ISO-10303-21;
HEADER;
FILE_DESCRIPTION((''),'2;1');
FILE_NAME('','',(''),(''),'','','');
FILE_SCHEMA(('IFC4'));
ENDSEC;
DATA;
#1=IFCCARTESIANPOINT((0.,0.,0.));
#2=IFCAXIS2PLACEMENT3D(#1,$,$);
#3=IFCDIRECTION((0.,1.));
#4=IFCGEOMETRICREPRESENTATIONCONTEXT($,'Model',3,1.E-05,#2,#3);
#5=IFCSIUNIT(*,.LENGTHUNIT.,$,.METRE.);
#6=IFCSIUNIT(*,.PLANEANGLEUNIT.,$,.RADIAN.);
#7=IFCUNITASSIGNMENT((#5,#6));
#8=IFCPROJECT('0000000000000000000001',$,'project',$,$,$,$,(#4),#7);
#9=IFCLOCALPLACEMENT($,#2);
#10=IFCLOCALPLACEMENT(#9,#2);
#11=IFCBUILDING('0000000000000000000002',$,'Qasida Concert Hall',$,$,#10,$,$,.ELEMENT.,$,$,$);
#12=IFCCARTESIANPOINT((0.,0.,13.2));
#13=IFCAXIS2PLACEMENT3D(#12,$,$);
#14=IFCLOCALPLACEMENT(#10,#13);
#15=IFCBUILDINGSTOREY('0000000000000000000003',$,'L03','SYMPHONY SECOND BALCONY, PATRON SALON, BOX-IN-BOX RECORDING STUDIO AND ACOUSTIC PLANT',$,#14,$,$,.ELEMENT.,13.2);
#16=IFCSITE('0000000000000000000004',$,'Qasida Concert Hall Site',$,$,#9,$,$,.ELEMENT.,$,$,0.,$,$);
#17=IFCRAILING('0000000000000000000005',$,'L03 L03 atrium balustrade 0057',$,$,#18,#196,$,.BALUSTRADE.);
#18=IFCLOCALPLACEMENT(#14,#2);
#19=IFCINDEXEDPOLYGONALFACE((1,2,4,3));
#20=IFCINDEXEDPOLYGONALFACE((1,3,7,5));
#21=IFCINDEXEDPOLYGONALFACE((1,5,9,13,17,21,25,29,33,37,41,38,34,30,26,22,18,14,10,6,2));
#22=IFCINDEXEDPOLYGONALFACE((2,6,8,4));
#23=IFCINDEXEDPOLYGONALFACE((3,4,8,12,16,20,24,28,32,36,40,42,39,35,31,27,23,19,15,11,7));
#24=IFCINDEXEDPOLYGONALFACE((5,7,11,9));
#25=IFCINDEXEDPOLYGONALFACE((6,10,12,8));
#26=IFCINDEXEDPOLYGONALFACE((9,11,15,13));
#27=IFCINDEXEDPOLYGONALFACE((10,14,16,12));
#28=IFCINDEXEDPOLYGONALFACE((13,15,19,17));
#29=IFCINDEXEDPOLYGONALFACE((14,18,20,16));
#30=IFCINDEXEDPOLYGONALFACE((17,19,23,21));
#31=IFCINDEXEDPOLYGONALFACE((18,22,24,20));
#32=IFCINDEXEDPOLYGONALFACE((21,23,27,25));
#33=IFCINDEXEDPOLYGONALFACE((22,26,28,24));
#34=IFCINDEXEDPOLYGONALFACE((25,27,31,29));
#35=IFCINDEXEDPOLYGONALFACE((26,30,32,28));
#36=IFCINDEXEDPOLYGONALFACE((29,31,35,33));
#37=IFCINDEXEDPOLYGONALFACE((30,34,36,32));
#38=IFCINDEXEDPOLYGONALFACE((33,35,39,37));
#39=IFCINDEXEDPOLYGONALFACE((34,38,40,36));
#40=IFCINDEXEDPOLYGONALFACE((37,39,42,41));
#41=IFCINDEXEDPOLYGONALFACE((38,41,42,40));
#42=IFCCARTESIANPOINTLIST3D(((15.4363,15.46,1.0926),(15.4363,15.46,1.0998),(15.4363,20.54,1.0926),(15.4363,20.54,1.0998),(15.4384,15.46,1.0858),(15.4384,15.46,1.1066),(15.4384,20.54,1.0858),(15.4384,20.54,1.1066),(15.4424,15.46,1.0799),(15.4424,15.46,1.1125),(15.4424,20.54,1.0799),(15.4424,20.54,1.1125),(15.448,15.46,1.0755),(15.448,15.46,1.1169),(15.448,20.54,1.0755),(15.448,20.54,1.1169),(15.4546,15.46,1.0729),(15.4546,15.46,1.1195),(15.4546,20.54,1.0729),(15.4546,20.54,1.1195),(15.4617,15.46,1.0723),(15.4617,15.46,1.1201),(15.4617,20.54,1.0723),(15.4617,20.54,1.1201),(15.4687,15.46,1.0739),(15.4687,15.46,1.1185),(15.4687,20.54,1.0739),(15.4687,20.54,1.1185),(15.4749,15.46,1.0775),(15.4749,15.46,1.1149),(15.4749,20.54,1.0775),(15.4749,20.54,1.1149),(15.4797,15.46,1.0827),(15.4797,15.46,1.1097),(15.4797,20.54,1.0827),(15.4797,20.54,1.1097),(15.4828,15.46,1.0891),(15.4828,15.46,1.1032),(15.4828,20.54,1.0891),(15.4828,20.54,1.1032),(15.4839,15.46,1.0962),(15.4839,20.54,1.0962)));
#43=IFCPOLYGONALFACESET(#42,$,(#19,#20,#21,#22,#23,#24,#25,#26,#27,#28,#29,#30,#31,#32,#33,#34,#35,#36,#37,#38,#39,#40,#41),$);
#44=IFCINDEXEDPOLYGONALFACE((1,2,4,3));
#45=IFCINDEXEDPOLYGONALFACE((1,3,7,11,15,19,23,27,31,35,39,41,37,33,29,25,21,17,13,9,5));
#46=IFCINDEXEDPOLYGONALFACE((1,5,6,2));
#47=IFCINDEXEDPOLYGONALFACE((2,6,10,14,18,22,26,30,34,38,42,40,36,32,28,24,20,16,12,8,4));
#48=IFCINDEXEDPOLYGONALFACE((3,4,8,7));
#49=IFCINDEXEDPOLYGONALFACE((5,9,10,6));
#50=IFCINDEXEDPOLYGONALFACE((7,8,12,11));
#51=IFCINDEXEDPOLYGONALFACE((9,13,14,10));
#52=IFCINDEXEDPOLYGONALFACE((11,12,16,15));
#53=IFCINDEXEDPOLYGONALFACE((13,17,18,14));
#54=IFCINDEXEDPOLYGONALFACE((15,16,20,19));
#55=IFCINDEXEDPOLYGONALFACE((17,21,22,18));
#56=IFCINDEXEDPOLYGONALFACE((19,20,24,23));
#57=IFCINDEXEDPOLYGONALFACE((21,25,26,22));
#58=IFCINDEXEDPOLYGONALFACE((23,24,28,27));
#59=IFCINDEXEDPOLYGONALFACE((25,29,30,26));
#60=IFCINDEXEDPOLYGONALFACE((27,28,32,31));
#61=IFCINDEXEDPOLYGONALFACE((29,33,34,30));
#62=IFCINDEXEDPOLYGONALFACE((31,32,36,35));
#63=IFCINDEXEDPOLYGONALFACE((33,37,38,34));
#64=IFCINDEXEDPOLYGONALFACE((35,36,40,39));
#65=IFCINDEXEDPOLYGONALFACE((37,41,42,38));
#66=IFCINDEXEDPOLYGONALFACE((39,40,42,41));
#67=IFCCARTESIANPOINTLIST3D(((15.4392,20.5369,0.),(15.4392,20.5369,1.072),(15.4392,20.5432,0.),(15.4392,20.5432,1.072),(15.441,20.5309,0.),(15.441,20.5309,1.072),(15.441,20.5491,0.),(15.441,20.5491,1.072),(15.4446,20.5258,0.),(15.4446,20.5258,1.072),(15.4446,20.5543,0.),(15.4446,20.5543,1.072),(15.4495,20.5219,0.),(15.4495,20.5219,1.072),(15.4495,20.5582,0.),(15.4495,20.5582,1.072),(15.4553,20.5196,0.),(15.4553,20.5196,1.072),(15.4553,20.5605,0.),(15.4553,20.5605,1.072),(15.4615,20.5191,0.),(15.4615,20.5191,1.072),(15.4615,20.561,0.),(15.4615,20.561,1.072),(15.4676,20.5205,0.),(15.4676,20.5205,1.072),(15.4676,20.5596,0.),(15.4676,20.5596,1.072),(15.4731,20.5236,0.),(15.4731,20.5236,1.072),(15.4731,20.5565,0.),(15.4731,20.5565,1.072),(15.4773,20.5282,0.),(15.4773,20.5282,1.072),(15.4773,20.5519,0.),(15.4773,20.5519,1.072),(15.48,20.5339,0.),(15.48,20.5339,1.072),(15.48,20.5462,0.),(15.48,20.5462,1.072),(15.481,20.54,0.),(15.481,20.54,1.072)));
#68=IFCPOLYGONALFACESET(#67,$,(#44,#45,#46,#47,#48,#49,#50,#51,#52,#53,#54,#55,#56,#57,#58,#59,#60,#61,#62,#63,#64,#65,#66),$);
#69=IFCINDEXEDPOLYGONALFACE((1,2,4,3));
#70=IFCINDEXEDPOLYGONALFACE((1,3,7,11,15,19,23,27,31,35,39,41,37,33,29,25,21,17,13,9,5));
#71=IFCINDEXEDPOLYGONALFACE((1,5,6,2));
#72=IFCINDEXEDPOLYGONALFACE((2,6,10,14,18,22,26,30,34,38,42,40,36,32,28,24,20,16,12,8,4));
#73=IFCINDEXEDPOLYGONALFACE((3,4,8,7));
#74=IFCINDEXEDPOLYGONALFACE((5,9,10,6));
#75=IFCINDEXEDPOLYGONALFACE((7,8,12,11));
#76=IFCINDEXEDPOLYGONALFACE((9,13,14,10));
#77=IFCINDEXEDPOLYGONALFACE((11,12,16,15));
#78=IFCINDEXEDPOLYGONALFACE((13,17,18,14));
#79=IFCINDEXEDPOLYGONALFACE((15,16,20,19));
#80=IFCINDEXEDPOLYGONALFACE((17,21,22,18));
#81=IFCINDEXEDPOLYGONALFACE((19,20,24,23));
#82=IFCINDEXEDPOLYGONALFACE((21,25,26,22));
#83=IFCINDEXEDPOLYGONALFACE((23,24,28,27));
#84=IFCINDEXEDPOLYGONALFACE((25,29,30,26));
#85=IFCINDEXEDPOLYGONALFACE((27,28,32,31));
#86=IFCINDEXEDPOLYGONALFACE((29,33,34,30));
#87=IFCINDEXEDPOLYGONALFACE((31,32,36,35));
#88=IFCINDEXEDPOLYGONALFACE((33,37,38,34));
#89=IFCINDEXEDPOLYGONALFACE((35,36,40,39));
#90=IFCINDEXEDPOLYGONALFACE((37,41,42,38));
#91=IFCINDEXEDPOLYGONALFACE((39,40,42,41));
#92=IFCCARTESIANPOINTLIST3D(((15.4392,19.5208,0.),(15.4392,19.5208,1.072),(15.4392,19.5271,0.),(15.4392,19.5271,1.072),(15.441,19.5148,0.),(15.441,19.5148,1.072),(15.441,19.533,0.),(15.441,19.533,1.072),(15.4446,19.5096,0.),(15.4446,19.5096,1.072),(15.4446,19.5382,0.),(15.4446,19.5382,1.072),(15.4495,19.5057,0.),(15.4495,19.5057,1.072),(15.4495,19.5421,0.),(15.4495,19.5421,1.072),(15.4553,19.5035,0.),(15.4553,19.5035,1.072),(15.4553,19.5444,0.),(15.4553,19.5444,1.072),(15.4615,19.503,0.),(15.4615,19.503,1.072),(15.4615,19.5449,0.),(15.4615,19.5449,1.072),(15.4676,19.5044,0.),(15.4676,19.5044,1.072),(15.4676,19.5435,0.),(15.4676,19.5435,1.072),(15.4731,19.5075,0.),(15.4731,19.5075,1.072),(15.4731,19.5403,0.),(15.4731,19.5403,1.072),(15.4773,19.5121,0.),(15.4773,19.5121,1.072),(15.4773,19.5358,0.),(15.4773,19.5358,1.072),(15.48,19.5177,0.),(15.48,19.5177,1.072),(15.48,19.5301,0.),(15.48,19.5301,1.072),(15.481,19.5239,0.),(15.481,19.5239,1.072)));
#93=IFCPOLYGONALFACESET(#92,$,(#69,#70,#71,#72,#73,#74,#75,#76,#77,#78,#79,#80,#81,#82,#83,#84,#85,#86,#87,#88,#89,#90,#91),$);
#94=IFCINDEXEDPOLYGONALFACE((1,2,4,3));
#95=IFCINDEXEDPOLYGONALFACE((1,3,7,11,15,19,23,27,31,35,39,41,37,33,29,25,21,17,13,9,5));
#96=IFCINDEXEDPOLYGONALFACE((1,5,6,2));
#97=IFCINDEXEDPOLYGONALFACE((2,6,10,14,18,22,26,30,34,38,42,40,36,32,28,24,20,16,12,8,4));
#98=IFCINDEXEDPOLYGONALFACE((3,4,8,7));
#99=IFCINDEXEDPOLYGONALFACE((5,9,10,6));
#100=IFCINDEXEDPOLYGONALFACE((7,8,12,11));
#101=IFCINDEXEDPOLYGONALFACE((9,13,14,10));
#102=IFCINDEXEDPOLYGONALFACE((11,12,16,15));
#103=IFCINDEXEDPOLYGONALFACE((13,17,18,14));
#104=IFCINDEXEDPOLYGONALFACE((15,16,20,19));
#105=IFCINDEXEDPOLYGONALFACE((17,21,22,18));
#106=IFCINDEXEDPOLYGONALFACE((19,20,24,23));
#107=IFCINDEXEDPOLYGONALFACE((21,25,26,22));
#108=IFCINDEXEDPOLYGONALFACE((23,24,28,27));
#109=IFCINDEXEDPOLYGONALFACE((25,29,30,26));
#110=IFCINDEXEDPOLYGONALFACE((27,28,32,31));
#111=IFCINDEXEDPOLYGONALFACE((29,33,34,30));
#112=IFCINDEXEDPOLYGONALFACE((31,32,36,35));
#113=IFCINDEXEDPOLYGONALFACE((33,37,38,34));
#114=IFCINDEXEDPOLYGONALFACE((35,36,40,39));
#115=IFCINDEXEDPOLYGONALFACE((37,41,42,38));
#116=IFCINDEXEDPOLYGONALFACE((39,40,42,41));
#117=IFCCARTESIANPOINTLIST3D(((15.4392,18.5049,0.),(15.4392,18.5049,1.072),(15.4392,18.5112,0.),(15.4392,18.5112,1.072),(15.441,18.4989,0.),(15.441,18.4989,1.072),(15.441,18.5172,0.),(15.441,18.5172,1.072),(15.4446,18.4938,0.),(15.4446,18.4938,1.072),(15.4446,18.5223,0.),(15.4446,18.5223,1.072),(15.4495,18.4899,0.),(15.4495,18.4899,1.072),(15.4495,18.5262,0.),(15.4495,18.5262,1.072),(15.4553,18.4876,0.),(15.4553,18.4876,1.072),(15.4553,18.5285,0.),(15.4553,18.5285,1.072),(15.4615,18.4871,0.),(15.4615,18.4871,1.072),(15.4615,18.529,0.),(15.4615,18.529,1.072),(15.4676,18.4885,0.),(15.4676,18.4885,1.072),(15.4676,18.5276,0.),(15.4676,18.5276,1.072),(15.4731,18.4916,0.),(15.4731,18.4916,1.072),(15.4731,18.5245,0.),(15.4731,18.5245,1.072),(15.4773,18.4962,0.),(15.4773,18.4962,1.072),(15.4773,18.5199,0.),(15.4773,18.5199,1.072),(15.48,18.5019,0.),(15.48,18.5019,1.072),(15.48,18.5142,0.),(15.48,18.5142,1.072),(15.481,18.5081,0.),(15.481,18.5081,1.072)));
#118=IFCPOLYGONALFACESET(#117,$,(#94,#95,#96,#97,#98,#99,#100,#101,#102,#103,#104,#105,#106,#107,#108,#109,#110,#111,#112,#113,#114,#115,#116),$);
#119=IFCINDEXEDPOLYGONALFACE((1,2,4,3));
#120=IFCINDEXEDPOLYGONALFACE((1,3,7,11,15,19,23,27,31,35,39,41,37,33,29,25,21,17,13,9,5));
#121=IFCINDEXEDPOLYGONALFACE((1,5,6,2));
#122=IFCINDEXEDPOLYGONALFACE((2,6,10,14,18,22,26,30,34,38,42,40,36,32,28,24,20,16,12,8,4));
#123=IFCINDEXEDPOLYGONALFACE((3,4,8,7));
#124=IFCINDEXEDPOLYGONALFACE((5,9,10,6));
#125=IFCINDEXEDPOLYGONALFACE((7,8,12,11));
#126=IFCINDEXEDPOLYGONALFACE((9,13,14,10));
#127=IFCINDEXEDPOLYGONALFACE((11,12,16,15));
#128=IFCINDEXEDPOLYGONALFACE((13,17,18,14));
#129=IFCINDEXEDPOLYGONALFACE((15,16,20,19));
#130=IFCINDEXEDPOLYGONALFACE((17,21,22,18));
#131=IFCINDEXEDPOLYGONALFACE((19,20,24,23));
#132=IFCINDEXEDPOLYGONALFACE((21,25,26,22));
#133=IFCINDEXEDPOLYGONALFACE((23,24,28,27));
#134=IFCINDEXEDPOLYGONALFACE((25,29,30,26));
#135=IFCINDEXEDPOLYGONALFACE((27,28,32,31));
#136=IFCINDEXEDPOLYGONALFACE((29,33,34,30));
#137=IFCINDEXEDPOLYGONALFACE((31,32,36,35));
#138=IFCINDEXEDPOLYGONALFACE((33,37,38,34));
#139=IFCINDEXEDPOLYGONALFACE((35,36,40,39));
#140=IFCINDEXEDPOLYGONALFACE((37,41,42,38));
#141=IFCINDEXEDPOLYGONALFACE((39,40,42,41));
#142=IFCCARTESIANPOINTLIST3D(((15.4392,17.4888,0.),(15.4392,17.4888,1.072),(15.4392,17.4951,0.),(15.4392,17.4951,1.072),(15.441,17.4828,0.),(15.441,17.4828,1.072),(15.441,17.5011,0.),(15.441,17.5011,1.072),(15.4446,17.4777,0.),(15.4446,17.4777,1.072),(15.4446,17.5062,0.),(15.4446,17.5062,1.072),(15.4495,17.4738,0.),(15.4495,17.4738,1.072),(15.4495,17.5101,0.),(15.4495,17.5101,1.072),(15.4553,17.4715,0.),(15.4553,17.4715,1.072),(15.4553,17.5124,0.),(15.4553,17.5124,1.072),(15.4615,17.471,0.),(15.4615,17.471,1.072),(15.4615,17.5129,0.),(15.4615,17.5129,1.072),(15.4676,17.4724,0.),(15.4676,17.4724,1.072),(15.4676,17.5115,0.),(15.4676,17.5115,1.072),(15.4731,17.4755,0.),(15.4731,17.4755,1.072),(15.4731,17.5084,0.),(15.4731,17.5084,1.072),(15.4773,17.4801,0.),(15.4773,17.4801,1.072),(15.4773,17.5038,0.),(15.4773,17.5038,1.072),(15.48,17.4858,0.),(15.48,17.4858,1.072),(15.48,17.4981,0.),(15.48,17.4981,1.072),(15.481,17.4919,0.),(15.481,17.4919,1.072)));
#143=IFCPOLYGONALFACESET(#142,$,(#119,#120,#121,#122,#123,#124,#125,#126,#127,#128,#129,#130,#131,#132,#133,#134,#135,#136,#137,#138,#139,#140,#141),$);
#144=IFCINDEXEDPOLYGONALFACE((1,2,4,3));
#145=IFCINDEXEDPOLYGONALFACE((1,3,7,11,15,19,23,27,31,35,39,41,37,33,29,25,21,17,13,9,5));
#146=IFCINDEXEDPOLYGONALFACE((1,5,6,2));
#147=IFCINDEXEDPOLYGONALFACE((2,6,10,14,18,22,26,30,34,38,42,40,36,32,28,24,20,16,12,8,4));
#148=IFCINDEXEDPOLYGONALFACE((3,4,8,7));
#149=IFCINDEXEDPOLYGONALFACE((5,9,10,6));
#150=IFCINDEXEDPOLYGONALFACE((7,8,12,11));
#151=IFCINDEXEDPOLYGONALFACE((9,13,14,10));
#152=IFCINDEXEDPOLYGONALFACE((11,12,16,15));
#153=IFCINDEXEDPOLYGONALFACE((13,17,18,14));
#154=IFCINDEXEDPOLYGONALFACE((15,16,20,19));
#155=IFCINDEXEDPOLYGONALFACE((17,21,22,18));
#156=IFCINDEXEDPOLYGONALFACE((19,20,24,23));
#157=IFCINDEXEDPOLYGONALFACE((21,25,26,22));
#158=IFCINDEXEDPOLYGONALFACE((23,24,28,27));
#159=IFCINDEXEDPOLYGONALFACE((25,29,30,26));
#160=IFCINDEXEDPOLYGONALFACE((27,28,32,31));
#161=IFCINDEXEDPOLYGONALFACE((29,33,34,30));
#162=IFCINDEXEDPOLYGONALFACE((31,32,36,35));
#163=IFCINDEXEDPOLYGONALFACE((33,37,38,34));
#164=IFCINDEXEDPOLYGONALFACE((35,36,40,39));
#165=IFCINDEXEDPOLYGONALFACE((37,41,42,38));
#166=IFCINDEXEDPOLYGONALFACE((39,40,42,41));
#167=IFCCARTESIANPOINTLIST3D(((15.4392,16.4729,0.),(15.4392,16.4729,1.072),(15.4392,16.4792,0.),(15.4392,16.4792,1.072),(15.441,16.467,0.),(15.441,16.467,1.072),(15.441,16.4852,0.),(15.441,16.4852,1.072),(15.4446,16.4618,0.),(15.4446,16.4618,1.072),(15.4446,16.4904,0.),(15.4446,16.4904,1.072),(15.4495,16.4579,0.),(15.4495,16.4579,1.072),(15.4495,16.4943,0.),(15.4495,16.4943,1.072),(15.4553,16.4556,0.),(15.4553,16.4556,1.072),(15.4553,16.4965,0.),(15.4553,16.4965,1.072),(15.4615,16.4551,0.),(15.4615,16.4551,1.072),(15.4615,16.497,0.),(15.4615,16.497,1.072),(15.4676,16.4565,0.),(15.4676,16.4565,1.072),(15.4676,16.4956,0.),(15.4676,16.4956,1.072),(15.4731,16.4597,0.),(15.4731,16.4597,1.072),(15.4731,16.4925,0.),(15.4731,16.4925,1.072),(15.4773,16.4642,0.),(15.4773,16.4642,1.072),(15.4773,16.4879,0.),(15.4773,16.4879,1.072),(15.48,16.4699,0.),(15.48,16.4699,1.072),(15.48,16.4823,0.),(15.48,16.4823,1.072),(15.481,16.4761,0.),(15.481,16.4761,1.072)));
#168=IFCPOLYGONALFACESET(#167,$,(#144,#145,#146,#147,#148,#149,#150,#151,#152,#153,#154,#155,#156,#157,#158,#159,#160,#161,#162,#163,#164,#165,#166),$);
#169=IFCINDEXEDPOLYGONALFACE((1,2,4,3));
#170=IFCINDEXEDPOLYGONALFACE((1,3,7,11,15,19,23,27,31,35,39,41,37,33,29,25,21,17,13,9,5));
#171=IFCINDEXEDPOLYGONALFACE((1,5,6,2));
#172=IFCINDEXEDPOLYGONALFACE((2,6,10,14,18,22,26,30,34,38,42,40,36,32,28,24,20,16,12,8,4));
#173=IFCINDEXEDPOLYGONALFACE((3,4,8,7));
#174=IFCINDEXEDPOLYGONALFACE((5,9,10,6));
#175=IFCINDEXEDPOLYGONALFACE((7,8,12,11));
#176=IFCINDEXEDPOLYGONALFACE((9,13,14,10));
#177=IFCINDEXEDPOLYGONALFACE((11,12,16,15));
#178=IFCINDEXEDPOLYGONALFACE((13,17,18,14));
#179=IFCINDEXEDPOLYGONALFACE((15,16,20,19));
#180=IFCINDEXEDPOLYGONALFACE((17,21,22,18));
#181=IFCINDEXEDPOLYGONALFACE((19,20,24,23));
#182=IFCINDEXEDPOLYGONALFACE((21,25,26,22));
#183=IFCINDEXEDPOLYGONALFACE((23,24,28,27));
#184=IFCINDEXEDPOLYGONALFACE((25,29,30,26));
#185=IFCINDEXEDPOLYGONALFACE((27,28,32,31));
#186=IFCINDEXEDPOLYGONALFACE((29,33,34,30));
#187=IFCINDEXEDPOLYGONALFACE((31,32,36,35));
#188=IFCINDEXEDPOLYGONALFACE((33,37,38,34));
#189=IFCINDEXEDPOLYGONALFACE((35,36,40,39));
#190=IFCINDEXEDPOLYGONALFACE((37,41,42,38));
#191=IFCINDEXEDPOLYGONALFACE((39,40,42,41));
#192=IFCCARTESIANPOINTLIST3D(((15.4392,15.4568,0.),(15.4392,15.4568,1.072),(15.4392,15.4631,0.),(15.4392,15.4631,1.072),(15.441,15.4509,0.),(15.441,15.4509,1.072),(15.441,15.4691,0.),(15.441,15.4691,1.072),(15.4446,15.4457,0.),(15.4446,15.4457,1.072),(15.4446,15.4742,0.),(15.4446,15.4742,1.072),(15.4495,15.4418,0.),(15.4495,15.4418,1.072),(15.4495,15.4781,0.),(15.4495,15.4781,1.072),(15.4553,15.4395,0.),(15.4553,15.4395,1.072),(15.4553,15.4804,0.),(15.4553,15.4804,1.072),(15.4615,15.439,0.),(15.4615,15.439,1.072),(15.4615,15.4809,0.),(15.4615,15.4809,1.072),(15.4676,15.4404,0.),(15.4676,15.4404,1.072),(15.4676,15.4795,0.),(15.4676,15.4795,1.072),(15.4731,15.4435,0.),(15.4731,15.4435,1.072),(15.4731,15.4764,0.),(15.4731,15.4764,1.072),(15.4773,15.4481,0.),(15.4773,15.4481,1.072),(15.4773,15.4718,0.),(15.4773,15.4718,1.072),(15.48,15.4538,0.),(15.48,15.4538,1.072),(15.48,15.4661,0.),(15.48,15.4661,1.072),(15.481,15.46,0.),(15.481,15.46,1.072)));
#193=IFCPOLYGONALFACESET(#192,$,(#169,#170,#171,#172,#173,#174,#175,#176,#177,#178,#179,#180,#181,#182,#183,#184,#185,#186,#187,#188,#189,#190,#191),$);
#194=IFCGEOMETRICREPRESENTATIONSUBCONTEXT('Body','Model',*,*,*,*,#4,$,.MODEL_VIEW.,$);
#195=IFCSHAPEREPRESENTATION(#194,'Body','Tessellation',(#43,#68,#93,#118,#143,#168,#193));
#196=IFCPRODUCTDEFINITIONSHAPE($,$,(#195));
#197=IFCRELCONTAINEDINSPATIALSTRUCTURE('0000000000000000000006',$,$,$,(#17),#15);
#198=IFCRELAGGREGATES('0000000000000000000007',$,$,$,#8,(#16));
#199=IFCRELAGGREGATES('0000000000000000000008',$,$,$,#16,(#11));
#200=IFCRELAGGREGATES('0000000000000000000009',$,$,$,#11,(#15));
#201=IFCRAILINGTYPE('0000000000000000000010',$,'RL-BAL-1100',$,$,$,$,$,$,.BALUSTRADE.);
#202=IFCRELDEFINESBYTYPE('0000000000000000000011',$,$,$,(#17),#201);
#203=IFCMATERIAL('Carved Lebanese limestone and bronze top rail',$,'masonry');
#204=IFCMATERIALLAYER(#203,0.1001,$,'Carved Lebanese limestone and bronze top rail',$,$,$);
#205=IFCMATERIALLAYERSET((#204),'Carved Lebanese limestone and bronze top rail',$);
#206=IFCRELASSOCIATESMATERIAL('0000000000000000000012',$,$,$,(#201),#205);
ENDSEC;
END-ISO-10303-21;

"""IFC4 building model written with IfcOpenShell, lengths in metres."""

from ifc_helpers import new_model, si_unit, direction, frame, origin, origin_2d, place, context, subcontext, project, spatial, circle, extrude, material, layer, layer_set, type_object, element, save


model = new_model("IFC4")

# Units and contexts
model_context = context("Model", 3, precision=1e-05, world=origin(), true_north=direction((0.0, 1.0)))
body_context = subcontext(model_context, "Body", "Model", "MODEL_VIEW")
ifc_project = project(units=[si_unit("LENGTHUNIT", "METRE"), si_unit("PLANEANGLEUNIT", "RADIAN")], contexts=[model_context])

# Site, building, storey
site_placement = place(None, origin())
site = spatial("IfcSite", under=ifc_project, at=site_placement, Name="Qasida Concert Hall Site", CompositionType="ELEMENT", RefElevation=0.0)
building_placement = place(site_placement, origin())
building = spatial("IfcBuilding", under=site, at=building_placement, Name="Qasida Concert Hall", CompositionType="ELEMENT")
storey_placement = place(building_placement, frame((0.0, 0.0, 13.2)))
storey = spatial("IfcBuildingStorey", under=building, at=storey_placement, Name="L03", Description="SYMPHONY SECOND BALCONY, PATRON SALON, BOX-IN-BOX RECORDING STUDIO AND ACOUSTIC PLANT", CompositionType="ELEMENT", Elevation=13.2)

# Railing
ifc_material_1 = material(Name="Carved Lebanese limestone and bronze top rail", Category="masonry")
ifc_layer_1 = layer(ifc_material_1, 0.1001, Name="Carved Lebanese limestone and bronze top rail")
ifc_layer_set_1 = layer_set([ifc_layer_1], Name="Carved Lebanese limestone and bronze top rail")
railing_type = type_object("IfcRailingType", Name="RL-BAL-1100", PredefinedType="BALUSTRADE", material=ifc_layer_set_1)
railing_1_placement = place(storey_placement, frame((15.46, 20.54, 0.0)))
element("IfcRailing", 1, at=railing_1_placement, inside=storey, type_object=railing_type, Name="L03 L03 atrium balustrade 0057", PredefinedType="BALUSTRADE", context=body_context, shape_type="SweptSolid", body=[
    extrude(circle(Radius=0.0239, at=origin_2d()), frame((0.0, 0.0, 1.0962), z_axis=(0.0, -1.0, 0.0), x_axis=(1.0, 0.0, 0.0)), (0.0, 0.0, 1.0), 5.0801),
    extrude(circle(Radius=0.021, at=origin_2d()), origin(), (0.0, 0.0, 1.0), 1.072),
    extrude(circle(Radius=0.021, at=origin_2d()), frame((0.0, -1.0161, 0.0)), (0.0, 0.0, 1.0), 1.072),
    extrude(circle(Radius=0.021, at=origin_2d()), frame((0.0, -2.032, 0.0)), (0.0, 0.0, 1.0), 1.072),
    extrude(circle(Radius=0.021, at=origin_2d()), frame((0.0, -3.0481, 0.0)), (0.0, 0.0, 1.0), 1.072),
    extrude(circle(Radius=0.021, at=origin_2d()), frame((0.0, -4.064, 0.0)), (0.0, 0.0, 1.0), 1.072),
    extrude(circle(Radius=0.021, at=origin_2d()), frame((0.0, -5.0801, 0.0)), (0.0, 0.0, 1.0), 1.072),
])

save(model, "model.ifc")
